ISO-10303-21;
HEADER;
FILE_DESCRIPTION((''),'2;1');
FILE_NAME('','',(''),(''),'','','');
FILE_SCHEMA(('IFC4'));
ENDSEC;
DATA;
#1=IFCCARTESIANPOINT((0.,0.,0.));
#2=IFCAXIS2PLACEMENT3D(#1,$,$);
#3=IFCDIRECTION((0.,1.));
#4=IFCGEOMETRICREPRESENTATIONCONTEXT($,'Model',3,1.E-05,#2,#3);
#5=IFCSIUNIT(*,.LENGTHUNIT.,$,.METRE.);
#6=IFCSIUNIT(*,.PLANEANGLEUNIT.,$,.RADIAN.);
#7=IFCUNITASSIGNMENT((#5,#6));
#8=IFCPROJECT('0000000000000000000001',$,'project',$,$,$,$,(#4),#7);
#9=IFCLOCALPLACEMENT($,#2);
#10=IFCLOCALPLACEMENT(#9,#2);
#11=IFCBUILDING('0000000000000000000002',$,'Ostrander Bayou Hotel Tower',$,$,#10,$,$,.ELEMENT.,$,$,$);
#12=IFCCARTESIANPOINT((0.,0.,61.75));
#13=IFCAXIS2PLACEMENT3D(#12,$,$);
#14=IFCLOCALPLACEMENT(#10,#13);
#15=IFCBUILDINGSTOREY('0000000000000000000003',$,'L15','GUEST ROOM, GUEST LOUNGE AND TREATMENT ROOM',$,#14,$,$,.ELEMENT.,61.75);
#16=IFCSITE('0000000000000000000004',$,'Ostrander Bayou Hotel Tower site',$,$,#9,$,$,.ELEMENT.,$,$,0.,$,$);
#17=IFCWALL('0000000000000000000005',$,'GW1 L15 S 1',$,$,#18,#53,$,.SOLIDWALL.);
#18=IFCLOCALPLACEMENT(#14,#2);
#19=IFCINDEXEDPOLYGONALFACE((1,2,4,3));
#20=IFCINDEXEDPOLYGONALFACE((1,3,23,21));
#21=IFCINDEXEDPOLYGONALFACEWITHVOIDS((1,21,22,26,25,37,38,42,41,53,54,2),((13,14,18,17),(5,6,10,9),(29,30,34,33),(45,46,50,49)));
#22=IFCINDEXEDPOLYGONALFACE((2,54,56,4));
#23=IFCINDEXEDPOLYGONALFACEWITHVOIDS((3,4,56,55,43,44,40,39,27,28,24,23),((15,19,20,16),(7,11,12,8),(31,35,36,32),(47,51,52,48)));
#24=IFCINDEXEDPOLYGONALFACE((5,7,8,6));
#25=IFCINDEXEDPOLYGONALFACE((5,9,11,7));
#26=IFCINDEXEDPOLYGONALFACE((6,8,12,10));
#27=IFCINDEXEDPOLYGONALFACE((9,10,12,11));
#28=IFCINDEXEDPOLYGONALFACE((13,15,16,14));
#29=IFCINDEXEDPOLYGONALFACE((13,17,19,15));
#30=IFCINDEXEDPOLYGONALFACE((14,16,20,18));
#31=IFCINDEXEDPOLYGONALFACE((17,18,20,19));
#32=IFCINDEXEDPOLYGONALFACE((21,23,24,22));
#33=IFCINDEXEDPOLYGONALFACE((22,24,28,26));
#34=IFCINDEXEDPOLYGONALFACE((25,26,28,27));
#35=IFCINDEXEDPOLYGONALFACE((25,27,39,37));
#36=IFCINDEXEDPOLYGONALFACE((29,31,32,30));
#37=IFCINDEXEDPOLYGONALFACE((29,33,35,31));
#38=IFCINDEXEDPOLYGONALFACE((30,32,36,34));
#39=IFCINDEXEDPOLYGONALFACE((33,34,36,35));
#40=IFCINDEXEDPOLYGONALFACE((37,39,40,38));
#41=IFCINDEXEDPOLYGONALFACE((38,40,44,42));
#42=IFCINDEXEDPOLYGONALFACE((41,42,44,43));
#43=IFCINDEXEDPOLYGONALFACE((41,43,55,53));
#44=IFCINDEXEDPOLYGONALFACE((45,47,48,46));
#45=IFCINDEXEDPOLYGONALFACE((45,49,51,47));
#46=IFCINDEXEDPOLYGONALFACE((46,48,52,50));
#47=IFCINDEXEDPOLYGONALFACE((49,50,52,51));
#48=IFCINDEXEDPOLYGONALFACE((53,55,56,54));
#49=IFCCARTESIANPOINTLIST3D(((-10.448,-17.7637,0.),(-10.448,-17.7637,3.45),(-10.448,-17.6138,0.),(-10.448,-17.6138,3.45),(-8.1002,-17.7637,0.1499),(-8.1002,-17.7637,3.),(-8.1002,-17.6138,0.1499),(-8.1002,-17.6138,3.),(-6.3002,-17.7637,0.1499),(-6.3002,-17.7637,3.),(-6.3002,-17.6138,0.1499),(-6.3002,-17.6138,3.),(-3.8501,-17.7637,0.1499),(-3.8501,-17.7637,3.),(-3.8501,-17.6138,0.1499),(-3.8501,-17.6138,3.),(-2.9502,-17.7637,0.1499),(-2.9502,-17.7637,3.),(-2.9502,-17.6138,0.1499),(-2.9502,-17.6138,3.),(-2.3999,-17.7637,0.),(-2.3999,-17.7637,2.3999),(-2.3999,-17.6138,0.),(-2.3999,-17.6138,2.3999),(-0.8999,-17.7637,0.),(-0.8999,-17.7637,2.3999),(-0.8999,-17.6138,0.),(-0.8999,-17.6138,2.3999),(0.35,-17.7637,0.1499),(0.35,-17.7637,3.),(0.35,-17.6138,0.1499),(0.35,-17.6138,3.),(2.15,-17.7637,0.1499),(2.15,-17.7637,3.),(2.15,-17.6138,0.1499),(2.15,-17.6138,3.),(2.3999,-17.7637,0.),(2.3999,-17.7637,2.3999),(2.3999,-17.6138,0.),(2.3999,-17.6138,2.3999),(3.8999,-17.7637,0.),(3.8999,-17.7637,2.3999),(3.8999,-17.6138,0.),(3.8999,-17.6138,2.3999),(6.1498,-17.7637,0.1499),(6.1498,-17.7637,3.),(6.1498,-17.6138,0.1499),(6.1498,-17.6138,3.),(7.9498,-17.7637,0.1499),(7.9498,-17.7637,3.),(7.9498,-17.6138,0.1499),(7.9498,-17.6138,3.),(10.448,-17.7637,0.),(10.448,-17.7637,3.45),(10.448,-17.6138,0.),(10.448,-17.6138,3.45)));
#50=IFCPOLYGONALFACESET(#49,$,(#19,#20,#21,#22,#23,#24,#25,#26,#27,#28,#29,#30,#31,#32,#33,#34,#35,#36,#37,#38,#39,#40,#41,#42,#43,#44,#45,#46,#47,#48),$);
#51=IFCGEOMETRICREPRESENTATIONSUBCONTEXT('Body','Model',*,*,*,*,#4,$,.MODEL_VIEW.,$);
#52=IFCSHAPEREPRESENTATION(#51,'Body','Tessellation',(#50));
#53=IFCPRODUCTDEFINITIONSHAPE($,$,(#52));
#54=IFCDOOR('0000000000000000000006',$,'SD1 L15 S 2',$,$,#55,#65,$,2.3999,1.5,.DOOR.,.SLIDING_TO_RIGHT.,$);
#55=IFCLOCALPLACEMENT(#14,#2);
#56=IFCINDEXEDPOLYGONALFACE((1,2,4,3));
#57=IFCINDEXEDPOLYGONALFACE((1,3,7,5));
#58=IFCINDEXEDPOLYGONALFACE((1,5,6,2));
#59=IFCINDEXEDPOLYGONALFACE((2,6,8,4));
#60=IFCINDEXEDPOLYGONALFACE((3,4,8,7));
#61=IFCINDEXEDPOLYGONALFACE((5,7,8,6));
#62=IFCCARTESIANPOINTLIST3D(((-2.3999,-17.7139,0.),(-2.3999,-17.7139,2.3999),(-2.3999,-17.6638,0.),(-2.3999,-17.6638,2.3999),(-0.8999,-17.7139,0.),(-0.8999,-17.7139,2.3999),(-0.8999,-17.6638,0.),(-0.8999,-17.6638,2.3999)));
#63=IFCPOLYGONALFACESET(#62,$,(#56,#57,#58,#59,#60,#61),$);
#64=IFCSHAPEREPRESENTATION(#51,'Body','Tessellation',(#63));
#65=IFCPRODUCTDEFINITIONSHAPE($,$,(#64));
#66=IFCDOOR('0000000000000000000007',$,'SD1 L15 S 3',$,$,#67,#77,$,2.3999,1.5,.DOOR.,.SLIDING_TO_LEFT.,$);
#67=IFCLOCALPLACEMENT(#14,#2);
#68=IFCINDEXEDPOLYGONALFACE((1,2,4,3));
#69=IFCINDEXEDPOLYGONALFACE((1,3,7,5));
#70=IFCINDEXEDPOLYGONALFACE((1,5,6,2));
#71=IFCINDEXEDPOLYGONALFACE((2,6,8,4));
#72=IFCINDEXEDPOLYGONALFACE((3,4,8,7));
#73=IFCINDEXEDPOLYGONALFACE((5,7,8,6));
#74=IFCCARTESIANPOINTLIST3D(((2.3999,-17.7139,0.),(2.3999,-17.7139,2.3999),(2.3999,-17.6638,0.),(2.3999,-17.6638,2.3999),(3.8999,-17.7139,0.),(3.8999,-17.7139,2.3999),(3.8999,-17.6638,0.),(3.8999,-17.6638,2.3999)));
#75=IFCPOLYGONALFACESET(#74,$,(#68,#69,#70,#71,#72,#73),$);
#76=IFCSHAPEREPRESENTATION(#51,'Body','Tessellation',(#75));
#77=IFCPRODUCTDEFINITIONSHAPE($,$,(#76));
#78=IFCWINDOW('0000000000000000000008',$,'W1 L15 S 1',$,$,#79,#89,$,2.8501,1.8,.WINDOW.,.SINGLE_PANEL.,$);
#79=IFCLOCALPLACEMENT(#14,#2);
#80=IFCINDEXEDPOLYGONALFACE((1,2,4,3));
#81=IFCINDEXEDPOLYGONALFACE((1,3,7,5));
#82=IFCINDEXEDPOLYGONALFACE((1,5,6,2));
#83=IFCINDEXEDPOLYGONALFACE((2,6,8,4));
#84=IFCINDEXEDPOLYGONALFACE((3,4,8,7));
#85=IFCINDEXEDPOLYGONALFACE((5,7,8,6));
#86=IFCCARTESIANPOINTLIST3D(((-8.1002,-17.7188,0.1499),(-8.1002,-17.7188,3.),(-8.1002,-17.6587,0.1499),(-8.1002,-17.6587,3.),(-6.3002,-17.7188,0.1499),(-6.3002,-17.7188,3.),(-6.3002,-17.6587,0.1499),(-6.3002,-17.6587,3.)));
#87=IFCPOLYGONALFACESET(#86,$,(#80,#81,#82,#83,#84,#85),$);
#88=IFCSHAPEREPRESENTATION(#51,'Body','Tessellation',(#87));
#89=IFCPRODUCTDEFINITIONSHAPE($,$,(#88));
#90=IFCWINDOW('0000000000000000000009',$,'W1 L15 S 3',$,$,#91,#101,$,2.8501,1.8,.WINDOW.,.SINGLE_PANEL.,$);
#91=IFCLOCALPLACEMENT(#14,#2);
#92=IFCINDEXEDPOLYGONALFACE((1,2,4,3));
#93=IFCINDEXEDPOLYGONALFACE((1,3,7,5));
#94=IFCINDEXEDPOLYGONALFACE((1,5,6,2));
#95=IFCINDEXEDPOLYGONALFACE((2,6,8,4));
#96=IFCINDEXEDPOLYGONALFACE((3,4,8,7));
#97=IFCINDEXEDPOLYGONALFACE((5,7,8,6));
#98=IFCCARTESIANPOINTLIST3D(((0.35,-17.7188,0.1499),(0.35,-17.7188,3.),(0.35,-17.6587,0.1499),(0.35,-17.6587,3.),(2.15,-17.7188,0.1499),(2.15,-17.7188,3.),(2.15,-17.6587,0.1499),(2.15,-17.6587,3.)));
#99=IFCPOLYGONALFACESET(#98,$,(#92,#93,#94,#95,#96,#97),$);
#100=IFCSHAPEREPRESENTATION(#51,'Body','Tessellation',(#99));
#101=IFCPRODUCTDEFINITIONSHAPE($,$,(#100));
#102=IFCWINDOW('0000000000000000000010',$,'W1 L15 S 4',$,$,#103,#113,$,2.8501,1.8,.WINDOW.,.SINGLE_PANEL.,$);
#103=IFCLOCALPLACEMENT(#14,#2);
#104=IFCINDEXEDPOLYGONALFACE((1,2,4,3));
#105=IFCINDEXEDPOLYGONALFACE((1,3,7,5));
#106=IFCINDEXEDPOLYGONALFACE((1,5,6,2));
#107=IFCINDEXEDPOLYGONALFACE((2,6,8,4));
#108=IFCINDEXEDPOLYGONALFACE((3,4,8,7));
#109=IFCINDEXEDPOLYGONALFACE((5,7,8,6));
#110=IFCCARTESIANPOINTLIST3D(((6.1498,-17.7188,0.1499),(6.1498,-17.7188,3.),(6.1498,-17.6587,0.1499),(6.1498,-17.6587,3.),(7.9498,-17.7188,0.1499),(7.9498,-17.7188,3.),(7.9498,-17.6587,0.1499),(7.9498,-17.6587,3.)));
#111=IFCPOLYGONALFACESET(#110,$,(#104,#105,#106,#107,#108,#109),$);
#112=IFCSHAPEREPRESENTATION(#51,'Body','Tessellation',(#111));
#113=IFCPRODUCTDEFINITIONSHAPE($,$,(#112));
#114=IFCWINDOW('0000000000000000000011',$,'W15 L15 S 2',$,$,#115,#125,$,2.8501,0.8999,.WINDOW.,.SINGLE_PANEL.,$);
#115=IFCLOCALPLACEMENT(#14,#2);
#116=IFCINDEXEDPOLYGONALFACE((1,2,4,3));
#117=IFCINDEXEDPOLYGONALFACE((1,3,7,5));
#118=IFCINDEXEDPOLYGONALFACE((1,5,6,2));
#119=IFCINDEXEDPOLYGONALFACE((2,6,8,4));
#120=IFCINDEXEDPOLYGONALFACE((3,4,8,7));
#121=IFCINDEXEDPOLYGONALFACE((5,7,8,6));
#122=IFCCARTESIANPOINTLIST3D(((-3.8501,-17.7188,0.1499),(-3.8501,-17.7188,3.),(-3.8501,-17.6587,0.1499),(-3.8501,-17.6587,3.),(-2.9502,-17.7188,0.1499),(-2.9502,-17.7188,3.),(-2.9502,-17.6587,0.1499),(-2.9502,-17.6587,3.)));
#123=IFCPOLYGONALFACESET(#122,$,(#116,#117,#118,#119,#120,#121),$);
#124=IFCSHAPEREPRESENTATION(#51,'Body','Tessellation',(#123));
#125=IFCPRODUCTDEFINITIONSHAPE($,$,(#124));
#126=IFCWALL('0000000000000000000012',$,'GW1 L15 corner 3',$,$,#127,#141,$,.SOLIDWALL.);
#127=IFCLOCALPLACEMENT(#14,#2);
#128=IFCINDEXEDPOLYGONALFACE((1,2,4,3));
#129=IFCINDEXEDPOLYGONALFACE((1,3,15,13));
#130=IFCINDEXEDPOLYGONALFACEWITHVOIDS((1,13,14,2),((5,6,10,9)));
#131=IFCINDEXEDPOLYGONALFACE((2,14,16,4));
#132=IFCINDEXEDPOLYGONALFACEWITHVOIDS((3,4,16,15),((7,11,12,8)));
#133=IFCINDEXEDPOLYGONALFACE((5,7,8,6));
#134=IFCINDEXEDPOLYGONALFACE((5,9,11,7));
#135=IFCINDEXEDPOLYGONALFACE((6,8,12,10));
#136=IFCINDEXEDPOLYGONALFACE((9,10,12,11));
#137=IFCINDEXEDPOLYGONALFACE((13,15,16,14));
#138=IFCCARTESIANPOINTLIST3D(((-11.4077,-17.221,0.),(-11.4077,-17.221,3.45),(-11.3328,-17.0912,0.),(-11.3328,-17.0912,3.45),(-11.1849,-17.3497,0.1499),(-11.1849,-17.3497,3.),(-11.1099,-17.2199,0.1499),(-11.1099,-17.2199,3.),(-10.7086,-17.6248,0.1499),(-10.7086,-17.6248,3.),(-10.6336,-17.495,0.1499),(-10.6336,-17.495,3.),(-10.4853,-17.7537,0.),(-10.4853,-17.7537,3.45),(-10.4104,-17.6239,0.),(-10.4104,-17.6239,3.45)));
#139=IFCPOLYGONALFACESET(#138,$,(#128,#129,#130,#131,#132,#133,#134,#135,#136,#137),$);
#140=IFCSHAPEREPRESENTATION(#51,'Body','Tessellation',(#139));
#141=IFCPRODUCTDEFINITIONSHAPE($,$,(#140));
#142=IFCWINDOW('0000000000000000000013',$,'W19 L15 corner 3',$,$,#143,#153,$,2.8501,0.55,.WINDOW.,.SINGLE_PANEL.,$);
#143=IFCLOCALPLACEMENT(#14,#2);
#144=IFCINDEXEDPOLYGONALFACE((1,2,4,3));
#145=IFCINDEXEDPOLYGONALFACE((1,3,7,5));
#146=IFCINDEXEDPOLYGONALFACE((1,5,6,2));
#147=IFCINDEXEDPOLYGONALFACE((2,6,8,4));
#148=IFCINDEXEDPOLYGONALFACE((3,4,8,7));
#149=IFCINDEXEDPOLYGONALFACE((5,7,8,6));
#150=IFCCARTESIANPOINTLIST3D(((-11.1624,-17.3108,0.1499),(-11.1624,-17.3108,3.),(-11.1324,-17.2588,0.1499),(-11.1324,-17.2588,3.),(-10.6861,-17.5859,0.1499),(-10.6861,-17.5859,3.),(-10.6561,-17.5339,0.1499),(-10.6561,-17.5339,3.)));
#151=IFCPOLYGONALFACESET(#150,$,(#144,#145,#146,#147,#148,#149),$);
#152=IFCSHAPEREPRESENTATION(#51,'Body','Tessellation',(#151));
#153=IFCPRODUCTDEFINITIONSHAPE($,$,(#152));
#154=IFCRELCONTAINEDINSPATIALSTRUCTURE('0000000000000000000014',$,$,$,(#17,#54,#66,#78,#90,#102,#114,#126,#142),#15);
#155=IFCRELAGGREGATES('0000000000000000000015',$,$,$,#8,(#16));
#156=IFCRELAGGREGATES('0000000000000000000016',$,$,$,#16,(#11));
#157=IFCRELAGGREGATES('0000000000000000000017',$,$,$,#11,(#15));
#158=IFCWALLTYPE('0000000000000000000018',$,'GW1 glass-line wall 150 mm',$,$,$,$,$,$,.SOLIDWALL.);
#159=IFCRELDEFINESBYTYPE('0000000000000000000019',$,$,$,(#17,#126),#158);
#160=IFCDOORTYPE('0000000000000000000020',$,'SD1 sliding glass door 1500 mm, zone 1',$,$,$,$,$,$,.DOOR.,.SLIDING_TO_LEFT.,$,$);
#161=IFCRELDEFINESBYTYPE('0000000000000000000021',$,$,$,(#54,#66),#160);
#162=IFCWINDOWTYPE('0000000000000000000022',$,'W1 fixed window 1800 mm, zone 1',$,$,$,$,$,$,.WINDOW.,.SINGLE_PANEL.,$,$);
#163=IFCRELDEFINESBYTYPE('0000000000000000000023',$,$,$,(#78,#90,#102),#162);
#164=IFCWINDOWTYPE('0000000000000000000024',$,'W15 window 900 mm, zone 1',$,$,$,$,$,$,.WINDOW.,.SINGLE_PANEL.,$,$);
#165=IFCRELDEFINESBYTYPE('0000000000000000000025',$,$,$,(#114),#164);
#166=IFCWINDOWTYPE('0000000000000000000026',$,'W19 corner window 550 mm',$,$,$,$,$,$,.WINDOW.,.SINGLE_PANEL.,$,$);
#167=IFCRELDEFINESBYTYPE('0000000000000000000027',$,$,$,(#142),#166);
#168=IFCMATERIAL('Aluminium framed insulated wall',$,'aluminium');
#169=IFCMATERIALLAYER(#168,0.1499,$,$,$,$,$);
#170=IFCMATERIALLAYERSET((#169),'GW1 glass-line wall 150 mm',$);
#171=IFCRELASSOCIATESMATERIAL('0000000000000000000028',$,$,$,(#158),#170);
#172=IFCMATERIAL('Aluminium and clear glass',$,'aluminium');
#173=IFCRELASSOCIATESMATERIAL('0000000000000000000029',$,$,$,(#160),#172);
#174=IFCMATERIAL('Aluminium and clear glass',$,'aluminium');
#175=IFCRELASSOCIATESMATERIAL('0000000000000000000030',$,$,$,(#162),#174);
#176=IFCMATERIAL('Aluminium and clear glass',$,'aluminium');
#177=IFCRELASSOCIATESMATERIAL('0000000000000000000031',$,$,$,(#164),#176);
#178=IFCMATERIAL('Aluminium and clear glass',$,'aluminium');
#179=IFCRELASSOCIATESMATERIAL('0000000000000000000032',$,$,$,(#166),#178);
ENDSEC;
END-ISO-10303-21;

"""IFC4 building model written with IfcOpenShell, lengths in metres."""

from ifc_helpers import new_model, si_unit, direction, frame, frame_2d, origin, place, context, subcontext, project, spatial, rectangle, extrude, material, layer, layer_set, type_object, element, fill, save


model = new_model("IFC4")

# Units and contexts
model_context = context("Model", 3, precision=1e-05, world=origin(), true_north=direction((0.0, 1.0)))
body_context = subcontext(model_context, "Body", "Model", "MODEL_VIEW")
ifc_project = project(units=[si_unit("LENGTHUNIT", "METRE"), si_unit("PLANEANGLEUNIT", "RADIAN")], contexts=[model_context])

# Site, building, storey
site_placement = place(None, origin())
site = spatial("IfcSite", under=ifc_project, at=site_placement, Name="Ostrander Bayou Hotel Tower site", CompositionType="ELEMENT", RefElevation=0.0)
building_placement = place(site_placement, origin())
building = spatial("IfcBuilding", under=site, at=building_placement, Name="Ostrander Bayou Hotel Tower", CompositionType="ELEMENT")
storey_placement = place(building_placement, frame((0.0, 0.0, 61.75)))
storey = spatial("IfcBuildingStorey", under=building, at=storey_placement, Name="L15", Description="GUEST ROOM, GUEST LOUNGE AND TREATMENT ROOM", CompositionType="ELEMENT", Elevation=61.75)

# Wall, openings, doors, windows
ifc_material_1 = material(Name="Aluminium framed insulated wall", Category="aluminium")
ifc_layer_1 = layer(ifc_material_1, 0.1499)
ifc_layer_set_1 = layer_set([ifc_layer_1], Name="GW1 glass-line wall 150 mm")
wall_type_1 = type_object("IfcWallType", Name="GW1 glass-line wall 150 mm", PredefinedType="SOLIDWALL", material=ifc_layer_set_1)
wall_1_placement = place(storey_placement, frame((-10.448, -17.6887, 0.0), z_axis=(0.0, 0.0, 1.0), x_axis=(1.0, 0.0, 0.0)))
wall_1 = element("IfcWall", 1, at=wall_1_placement, inside=storey, type_object=wall_type_1, Name="GW1 L15 S 1", PredefinedType="SOLIDWALL", context=body_context, shape_type="SweptSolid", body=[
    extrude(rectangle(XDim=20.896, YDim=0.1499, at=frame_2d((10.448, 0.0))), origin(), (0.0, 0.0, 1.0), 3.45),
])
opening_1_placement = place(wall_1_placement, frame((2.3479, 0.0, 0.1499)))
opening_1 = element("IfcOpeningElement", 2, at=opening_1_placement, cuts=wall_1, PredefinedType="OPENING", context=body_context, shape_type="SweptSolid", body=[
    extrude(rectangle(XDim=1.8, YDim=2.8501, at=frame_2d((0.8999, 1.425))), frame((0.0, 0.075, 0.0), z_axis=(0.0, -1.0, 0.0), x_axis=(1.0, 0.0, 0.0)), (0.0, 0.0, 1.0), 0.1499),
])
opening_2_placement = place(wall_1_placement, frame((6.5979, 0.0, 0.1499)))
opening_2 = element("IfcOpeningElement", 3, at=opening_2_placement, cuts=wall_1, PredefinedType="OPENING", context=body_context, shape_type="SweptSolid", body=[
    extrude(rectangle(XDim=0.8999, YDim=2.8501, at=frame_2d((0.45, 1.425))), frame((0.0, 0.075, 0.0), z_axis=(0.0, -1.0, 0.0), x_axis=(1.0, 0.0, 0.0)), (0.0, 0.0, 1.0), 0.1499),
])
opening_3_placement = place(wall_1_placement, frame((8.0481, 0.0, 0.0)))
opening_3 = element("IfcOpeningElement", 4, at=opening_3_placement, cuts=wall_1, PredefinedType="OPENING", context=body_context, shape_type="SweptSolid", body=[
    extrude(rectangle(XDim=1.5, YDim=2.3999, at=frame_2d((0.75, 1.2))), frame((0.0, 0.075, 0.0), z_axis=(0.0, -1.0, 0.0), x_axis=(1.0, 0.0, 0.0)), (0.0, 0.0, 1.0), 0.1499),
])
opening_4_placement = place(wall_1_placement, frame((10.7981, 0.0, 0.1499)))
opening_4 = element("IfcOpeningElement", 5, at=opening_4_placement, cuts=wall_1, PredefinedType="OPENING", context=body_context, shape_type="SweptSolid", body=[
    extrude(rectangle(XDim=1.8, YDim=2.8501, at=frame_2d((0.8999, 1.425))), frame((0.0, 0.075, 0.0), z_axis=(0.0, -1.0, 0.0), x_axis=(1.0, 0.0, 0.0)), (0.0, 0.0, 1.0), 0.1499),
])
opening_5_placement = place(wall_1_placement, frame((12.8479, 0.0, 0.0)))
opening_5 = element("IfcOpeningElement", 6, at=opening_5_placement, cuts=wall_1, PredefinedType="OPENING", context=body_context, shape_type="SweptSolid", body=[
    extrude(rectangle(XDim=1.5, YDim=2.3999, at=frame_2d((0.75, 1.2))), frame((0.0, 0.075, 0.0), z_axis=(0.0, -1.0, 0.0), x_axis=(1.0, 0.0, 0.0)), (0.0, 0.0, 1.0), 0.1499),
])
opening_6_placement = place(wall_1_placement, frame((16.5979, 0.0, 0.1499)))
opening_6 = element("IfcOpeningElement", 7, at=opening_6_placement, cuts=wall_1, PredefinedType="OPENING", context=body_context, shape_type="SweptSolid", body=[
    extrude(rectangle(XDim=1.8, YDim=2.8501, at=frame_2d((0.8999, 1.425))), frame((0.0, 0.075, 0.0), z_axis=(0.0, -1.0, 0.0), x_axis=(1.0, 0.0, 0.0)), (0.0, 0.0, 1.0), 0.1499),
])
ifc_material_2 = material(Name="Aluminium and clear glass", Category="aluminium")
door_type = type_object("IfcDoorType", Name="SD1 sliding glass door 1500 mm, zone 1", OperationType="SLIDING_TO_LEFT", PredefinedType="DOOR", material=ifc_material_2)
door_1_placement = place(opening_3_placement, origin())
door_1 = element("IfcDoor", 8, at=door_1_placement, inside=storey, type_object=door_type, Name="SD1 L15 S 2", OperationType="SLIDING_TO_RIGHT", OverallHeight=2.3999, OverallWidth=1.5, PredefinedType="DOOR", context=body_context, shape_type="SweptSolid", body=[
    extrude(rectangle(XDim=1.5, YDim=2.3999, at=frame_2d((0.75, 1.2))), frame((0.0, 0.0249, 0.0), z_axis=(0.0, -1.0, 0.0), x_axis=(1.0, 0.0, 0.0)), (0.0, 0.0, 1.0), 0.05),
])
fill(opening_3, door_1)
door_2_placement = place(opening_5_placement, origin())
door_2 = element("IfcDoor", 9, at=door_2_placement, inside=storey, type_object=door_type, Name="SD1 L15 S 3", OperationType="SLIDING_TO_LEFT", OverallHeight=2.3999, OverallWidth=1.5, PredefinedType="DOOR", context=body_context, shape_type="SweptSolid", body=[
    extrude(rectangle(XDim=1.5, YDim=2.3999, at=frame_2d((0.75, 1.2))), frame((0.0, 0.0249, 0.0), z_axis=(0.0, -1.0, 0.0), x_axis=(1.0, 0.0, 0.0)), (0.0, 0.0, 1.0), 0.05),
])
fill(opening_5, door_2)
ifc_material_3 = material(Name="Aluminium and clear glass", Category="aluminium")
window_type_1 = type_object("IfcWindowType", Name="W1 fixed window 1800 mm, zone 1", PartitioningType="SINGLE_PANEL", PredefinedType="WINDOW", material=ifc_material_3)
window_1_placement = place(opening_1_placement, origin())
window_1 = element("IfcWindow", 10, at=window_1_placement, inside=storey, type_object=window_type_1, Name="W1 L15 S 1", OverallHeight=2.8501, OverallWidth=1.8, PartitioningType="SINGLE_PANEL", PredefinedType="WINDOW", context=body_context, shape_type="SweptSolid", body=[
    extrude(rectangle(XDim=1.8, YDim=2.8501, at=frame_2d((0.8999, 1.425))), frame((0.0, 0.03, 0.0), z_axis=(0.0, -1.0, 0.0), x_axis=(1.0, 0.0, 0.0)), (0.0, 0.0, 1.0), 0.0601),
])
fill(opening_1, window_1)
window_2_placement = place(opening_4_placement, origin())
window_2 = element("IfcWindow", 11, at=window_2_placement, inside=storey, type_object=window_type_1, Name="W1 L15 S 3", OverallHeight=2.8501, OverallWidth=1.8, PartitioningType="SINGLE_PANEL", PredefinedType="WINDOW", context=body_context, shape_type="SweptSolid", body=[
    extrude(rectangle(XDim=1.8, YDim=2.8501, at=frame_2d((0.8999, 1.425))), frame((0.0, 0.03, 0.0), z_axis=(0.0, -1.0, 0.0), x_axis=(1.0, 0.0, 0.0)), (0.0, 0.0, 1.0), 0.0601),
])
fill(opening_4, window_2)
window_3_placement = place(opening_6_placement, origin())
window_3 = element("IfcWindow", 12, at=window_3_placement, inside=storey, type_object=window_type_1, Name="W1 L15 S 4", OverallHeight=2.8501, OverallWidth=1.8, PartitioningType="SINGLE_PANEL", PredefinedType="WINDOW", context=body_context, shape_type="SweptSolid", body=[
    extrude(rectangle(XDim=1.8, YDim=2.8501, at=frame_2d((0.8999, 1.425))), frame((0.0, 0.03, 0.0), z_axis=(0.0, -1.0, 0.0), x_axis=(1.0, 0.0, 0.0)), (0.0, 0.0, 1.0), 0.0601),
])
fill(opening_6, window_3)
ifc_material_4 = material(Name="Aluminium and clear glass", Category="aluminium")
window_type_2 = type_object("IfcWindowType", Name="W15 window 900 mm, zone 1", PartitioningType="SINGLE_PANEL", PredefinedType="WINDOW", material=ifc_material_4)
window_4_placement = place(opening_2_placement, origin())
window_4 = element("IfcWindow", 13, at=window_4_placement, inside=storey, type_object=window_type_2, Name="W15 L15 S 2", OverallHeight=2.8501, OverallWidth=0.8999, PartitioningType="SINGLE_PANEL", PredefinedType="WINDOW", context=body_context, shape_type="SweptSolid", body=[
    extrude(rectangle(XDim=0.8999, YDim=2.8501, at=frame_2d((0.45, 1.425))), frame((0.0, 0.03, 0.0), z_axis=(0.0, -1.0, 0.0), x_axis=(1.0, 0.0, 0.0)), (0.0, 0.0, 1.0), 0.0601),
])
fill(opening_2, window_4)

# Wall, opening, window
wall_2_placement = place(storey_placement, frame((-11.3704, -17.156, 0.0), z_axis=(0.0, 0.0, 1.0), x_axis=(0.865949, -0.500132, 0.0)))
wall_2 = element("IfcWall", 14, at=wall_2_placement, inside=storey, type_object=wall_type_1, Name="GW1 L15 corner 3", PredefinedType="SOLIDWALL", context=body_context, shape_type="SweptSolid", body=[
    extrude(rectangle(XDim=1.0652, YDim=0.1499, at=frame_2d((0.5327, 0.0))), origin(), (0.0, 0.0, 1.0), 3.45),
])
opening_7_placement = place(wall_2_placement, frame((0.2576, 0.0, 0.1499)))
opening_7 = element("IfcOpeningElement", 15, at=opening_7_placement, cuts=wall_2, PredefinedType="OPENING", context=body_context, shape_type="SweptSolid", body=[
    extrude(rectangle(XDim=0.55, YDim=2.8501, at=frame_2d((0.2749, 1.425))), frame((0.0, 0.075, 0.0), z_axis=(0.0, -1.0, 0.0), x_axis=(1.0, 0.0, 0.0)), (0.0, 0.0, 1.0), 0.1499),
])
ifc_material_5 = material(Name="Aluminium and clear glass", Category="aluminium")
window_type_3 = type_object("IfcWindowType", Name="W19 corner window 550 mm", PartitioningType="SINGLE_PANEL", PredefinedType="WINDOW", material=ifc_material_5)
window_5_placement = place(opening_7_placement, origin())
window_5 = element("IfcWindow", 16, at=window_5_placement, inside=storey, type_object=window_type_3, Name="W19 L15 corner 3", OverallHeight=2.8501, OverallWidth=0.55, PartitioningType="SINGLE_PANEL", PredefinedType="WINDOW", context=body_context, shape_type="SweptSolid", body=[
    extrude(rectangle(XDim=0.55, YDim=2.8501, at=frame_2d((0.2749, 1.425))), frame((0.0, 0.03, 0.0), z_axis=(0.0, -1.0, 0.0), x_axis=(1.0, 0.0, 0.0)), (0.0, 0.0, 1.0), 0.0601),
])
fill(opening_7, window_5)

save(model, "model.ifc")
